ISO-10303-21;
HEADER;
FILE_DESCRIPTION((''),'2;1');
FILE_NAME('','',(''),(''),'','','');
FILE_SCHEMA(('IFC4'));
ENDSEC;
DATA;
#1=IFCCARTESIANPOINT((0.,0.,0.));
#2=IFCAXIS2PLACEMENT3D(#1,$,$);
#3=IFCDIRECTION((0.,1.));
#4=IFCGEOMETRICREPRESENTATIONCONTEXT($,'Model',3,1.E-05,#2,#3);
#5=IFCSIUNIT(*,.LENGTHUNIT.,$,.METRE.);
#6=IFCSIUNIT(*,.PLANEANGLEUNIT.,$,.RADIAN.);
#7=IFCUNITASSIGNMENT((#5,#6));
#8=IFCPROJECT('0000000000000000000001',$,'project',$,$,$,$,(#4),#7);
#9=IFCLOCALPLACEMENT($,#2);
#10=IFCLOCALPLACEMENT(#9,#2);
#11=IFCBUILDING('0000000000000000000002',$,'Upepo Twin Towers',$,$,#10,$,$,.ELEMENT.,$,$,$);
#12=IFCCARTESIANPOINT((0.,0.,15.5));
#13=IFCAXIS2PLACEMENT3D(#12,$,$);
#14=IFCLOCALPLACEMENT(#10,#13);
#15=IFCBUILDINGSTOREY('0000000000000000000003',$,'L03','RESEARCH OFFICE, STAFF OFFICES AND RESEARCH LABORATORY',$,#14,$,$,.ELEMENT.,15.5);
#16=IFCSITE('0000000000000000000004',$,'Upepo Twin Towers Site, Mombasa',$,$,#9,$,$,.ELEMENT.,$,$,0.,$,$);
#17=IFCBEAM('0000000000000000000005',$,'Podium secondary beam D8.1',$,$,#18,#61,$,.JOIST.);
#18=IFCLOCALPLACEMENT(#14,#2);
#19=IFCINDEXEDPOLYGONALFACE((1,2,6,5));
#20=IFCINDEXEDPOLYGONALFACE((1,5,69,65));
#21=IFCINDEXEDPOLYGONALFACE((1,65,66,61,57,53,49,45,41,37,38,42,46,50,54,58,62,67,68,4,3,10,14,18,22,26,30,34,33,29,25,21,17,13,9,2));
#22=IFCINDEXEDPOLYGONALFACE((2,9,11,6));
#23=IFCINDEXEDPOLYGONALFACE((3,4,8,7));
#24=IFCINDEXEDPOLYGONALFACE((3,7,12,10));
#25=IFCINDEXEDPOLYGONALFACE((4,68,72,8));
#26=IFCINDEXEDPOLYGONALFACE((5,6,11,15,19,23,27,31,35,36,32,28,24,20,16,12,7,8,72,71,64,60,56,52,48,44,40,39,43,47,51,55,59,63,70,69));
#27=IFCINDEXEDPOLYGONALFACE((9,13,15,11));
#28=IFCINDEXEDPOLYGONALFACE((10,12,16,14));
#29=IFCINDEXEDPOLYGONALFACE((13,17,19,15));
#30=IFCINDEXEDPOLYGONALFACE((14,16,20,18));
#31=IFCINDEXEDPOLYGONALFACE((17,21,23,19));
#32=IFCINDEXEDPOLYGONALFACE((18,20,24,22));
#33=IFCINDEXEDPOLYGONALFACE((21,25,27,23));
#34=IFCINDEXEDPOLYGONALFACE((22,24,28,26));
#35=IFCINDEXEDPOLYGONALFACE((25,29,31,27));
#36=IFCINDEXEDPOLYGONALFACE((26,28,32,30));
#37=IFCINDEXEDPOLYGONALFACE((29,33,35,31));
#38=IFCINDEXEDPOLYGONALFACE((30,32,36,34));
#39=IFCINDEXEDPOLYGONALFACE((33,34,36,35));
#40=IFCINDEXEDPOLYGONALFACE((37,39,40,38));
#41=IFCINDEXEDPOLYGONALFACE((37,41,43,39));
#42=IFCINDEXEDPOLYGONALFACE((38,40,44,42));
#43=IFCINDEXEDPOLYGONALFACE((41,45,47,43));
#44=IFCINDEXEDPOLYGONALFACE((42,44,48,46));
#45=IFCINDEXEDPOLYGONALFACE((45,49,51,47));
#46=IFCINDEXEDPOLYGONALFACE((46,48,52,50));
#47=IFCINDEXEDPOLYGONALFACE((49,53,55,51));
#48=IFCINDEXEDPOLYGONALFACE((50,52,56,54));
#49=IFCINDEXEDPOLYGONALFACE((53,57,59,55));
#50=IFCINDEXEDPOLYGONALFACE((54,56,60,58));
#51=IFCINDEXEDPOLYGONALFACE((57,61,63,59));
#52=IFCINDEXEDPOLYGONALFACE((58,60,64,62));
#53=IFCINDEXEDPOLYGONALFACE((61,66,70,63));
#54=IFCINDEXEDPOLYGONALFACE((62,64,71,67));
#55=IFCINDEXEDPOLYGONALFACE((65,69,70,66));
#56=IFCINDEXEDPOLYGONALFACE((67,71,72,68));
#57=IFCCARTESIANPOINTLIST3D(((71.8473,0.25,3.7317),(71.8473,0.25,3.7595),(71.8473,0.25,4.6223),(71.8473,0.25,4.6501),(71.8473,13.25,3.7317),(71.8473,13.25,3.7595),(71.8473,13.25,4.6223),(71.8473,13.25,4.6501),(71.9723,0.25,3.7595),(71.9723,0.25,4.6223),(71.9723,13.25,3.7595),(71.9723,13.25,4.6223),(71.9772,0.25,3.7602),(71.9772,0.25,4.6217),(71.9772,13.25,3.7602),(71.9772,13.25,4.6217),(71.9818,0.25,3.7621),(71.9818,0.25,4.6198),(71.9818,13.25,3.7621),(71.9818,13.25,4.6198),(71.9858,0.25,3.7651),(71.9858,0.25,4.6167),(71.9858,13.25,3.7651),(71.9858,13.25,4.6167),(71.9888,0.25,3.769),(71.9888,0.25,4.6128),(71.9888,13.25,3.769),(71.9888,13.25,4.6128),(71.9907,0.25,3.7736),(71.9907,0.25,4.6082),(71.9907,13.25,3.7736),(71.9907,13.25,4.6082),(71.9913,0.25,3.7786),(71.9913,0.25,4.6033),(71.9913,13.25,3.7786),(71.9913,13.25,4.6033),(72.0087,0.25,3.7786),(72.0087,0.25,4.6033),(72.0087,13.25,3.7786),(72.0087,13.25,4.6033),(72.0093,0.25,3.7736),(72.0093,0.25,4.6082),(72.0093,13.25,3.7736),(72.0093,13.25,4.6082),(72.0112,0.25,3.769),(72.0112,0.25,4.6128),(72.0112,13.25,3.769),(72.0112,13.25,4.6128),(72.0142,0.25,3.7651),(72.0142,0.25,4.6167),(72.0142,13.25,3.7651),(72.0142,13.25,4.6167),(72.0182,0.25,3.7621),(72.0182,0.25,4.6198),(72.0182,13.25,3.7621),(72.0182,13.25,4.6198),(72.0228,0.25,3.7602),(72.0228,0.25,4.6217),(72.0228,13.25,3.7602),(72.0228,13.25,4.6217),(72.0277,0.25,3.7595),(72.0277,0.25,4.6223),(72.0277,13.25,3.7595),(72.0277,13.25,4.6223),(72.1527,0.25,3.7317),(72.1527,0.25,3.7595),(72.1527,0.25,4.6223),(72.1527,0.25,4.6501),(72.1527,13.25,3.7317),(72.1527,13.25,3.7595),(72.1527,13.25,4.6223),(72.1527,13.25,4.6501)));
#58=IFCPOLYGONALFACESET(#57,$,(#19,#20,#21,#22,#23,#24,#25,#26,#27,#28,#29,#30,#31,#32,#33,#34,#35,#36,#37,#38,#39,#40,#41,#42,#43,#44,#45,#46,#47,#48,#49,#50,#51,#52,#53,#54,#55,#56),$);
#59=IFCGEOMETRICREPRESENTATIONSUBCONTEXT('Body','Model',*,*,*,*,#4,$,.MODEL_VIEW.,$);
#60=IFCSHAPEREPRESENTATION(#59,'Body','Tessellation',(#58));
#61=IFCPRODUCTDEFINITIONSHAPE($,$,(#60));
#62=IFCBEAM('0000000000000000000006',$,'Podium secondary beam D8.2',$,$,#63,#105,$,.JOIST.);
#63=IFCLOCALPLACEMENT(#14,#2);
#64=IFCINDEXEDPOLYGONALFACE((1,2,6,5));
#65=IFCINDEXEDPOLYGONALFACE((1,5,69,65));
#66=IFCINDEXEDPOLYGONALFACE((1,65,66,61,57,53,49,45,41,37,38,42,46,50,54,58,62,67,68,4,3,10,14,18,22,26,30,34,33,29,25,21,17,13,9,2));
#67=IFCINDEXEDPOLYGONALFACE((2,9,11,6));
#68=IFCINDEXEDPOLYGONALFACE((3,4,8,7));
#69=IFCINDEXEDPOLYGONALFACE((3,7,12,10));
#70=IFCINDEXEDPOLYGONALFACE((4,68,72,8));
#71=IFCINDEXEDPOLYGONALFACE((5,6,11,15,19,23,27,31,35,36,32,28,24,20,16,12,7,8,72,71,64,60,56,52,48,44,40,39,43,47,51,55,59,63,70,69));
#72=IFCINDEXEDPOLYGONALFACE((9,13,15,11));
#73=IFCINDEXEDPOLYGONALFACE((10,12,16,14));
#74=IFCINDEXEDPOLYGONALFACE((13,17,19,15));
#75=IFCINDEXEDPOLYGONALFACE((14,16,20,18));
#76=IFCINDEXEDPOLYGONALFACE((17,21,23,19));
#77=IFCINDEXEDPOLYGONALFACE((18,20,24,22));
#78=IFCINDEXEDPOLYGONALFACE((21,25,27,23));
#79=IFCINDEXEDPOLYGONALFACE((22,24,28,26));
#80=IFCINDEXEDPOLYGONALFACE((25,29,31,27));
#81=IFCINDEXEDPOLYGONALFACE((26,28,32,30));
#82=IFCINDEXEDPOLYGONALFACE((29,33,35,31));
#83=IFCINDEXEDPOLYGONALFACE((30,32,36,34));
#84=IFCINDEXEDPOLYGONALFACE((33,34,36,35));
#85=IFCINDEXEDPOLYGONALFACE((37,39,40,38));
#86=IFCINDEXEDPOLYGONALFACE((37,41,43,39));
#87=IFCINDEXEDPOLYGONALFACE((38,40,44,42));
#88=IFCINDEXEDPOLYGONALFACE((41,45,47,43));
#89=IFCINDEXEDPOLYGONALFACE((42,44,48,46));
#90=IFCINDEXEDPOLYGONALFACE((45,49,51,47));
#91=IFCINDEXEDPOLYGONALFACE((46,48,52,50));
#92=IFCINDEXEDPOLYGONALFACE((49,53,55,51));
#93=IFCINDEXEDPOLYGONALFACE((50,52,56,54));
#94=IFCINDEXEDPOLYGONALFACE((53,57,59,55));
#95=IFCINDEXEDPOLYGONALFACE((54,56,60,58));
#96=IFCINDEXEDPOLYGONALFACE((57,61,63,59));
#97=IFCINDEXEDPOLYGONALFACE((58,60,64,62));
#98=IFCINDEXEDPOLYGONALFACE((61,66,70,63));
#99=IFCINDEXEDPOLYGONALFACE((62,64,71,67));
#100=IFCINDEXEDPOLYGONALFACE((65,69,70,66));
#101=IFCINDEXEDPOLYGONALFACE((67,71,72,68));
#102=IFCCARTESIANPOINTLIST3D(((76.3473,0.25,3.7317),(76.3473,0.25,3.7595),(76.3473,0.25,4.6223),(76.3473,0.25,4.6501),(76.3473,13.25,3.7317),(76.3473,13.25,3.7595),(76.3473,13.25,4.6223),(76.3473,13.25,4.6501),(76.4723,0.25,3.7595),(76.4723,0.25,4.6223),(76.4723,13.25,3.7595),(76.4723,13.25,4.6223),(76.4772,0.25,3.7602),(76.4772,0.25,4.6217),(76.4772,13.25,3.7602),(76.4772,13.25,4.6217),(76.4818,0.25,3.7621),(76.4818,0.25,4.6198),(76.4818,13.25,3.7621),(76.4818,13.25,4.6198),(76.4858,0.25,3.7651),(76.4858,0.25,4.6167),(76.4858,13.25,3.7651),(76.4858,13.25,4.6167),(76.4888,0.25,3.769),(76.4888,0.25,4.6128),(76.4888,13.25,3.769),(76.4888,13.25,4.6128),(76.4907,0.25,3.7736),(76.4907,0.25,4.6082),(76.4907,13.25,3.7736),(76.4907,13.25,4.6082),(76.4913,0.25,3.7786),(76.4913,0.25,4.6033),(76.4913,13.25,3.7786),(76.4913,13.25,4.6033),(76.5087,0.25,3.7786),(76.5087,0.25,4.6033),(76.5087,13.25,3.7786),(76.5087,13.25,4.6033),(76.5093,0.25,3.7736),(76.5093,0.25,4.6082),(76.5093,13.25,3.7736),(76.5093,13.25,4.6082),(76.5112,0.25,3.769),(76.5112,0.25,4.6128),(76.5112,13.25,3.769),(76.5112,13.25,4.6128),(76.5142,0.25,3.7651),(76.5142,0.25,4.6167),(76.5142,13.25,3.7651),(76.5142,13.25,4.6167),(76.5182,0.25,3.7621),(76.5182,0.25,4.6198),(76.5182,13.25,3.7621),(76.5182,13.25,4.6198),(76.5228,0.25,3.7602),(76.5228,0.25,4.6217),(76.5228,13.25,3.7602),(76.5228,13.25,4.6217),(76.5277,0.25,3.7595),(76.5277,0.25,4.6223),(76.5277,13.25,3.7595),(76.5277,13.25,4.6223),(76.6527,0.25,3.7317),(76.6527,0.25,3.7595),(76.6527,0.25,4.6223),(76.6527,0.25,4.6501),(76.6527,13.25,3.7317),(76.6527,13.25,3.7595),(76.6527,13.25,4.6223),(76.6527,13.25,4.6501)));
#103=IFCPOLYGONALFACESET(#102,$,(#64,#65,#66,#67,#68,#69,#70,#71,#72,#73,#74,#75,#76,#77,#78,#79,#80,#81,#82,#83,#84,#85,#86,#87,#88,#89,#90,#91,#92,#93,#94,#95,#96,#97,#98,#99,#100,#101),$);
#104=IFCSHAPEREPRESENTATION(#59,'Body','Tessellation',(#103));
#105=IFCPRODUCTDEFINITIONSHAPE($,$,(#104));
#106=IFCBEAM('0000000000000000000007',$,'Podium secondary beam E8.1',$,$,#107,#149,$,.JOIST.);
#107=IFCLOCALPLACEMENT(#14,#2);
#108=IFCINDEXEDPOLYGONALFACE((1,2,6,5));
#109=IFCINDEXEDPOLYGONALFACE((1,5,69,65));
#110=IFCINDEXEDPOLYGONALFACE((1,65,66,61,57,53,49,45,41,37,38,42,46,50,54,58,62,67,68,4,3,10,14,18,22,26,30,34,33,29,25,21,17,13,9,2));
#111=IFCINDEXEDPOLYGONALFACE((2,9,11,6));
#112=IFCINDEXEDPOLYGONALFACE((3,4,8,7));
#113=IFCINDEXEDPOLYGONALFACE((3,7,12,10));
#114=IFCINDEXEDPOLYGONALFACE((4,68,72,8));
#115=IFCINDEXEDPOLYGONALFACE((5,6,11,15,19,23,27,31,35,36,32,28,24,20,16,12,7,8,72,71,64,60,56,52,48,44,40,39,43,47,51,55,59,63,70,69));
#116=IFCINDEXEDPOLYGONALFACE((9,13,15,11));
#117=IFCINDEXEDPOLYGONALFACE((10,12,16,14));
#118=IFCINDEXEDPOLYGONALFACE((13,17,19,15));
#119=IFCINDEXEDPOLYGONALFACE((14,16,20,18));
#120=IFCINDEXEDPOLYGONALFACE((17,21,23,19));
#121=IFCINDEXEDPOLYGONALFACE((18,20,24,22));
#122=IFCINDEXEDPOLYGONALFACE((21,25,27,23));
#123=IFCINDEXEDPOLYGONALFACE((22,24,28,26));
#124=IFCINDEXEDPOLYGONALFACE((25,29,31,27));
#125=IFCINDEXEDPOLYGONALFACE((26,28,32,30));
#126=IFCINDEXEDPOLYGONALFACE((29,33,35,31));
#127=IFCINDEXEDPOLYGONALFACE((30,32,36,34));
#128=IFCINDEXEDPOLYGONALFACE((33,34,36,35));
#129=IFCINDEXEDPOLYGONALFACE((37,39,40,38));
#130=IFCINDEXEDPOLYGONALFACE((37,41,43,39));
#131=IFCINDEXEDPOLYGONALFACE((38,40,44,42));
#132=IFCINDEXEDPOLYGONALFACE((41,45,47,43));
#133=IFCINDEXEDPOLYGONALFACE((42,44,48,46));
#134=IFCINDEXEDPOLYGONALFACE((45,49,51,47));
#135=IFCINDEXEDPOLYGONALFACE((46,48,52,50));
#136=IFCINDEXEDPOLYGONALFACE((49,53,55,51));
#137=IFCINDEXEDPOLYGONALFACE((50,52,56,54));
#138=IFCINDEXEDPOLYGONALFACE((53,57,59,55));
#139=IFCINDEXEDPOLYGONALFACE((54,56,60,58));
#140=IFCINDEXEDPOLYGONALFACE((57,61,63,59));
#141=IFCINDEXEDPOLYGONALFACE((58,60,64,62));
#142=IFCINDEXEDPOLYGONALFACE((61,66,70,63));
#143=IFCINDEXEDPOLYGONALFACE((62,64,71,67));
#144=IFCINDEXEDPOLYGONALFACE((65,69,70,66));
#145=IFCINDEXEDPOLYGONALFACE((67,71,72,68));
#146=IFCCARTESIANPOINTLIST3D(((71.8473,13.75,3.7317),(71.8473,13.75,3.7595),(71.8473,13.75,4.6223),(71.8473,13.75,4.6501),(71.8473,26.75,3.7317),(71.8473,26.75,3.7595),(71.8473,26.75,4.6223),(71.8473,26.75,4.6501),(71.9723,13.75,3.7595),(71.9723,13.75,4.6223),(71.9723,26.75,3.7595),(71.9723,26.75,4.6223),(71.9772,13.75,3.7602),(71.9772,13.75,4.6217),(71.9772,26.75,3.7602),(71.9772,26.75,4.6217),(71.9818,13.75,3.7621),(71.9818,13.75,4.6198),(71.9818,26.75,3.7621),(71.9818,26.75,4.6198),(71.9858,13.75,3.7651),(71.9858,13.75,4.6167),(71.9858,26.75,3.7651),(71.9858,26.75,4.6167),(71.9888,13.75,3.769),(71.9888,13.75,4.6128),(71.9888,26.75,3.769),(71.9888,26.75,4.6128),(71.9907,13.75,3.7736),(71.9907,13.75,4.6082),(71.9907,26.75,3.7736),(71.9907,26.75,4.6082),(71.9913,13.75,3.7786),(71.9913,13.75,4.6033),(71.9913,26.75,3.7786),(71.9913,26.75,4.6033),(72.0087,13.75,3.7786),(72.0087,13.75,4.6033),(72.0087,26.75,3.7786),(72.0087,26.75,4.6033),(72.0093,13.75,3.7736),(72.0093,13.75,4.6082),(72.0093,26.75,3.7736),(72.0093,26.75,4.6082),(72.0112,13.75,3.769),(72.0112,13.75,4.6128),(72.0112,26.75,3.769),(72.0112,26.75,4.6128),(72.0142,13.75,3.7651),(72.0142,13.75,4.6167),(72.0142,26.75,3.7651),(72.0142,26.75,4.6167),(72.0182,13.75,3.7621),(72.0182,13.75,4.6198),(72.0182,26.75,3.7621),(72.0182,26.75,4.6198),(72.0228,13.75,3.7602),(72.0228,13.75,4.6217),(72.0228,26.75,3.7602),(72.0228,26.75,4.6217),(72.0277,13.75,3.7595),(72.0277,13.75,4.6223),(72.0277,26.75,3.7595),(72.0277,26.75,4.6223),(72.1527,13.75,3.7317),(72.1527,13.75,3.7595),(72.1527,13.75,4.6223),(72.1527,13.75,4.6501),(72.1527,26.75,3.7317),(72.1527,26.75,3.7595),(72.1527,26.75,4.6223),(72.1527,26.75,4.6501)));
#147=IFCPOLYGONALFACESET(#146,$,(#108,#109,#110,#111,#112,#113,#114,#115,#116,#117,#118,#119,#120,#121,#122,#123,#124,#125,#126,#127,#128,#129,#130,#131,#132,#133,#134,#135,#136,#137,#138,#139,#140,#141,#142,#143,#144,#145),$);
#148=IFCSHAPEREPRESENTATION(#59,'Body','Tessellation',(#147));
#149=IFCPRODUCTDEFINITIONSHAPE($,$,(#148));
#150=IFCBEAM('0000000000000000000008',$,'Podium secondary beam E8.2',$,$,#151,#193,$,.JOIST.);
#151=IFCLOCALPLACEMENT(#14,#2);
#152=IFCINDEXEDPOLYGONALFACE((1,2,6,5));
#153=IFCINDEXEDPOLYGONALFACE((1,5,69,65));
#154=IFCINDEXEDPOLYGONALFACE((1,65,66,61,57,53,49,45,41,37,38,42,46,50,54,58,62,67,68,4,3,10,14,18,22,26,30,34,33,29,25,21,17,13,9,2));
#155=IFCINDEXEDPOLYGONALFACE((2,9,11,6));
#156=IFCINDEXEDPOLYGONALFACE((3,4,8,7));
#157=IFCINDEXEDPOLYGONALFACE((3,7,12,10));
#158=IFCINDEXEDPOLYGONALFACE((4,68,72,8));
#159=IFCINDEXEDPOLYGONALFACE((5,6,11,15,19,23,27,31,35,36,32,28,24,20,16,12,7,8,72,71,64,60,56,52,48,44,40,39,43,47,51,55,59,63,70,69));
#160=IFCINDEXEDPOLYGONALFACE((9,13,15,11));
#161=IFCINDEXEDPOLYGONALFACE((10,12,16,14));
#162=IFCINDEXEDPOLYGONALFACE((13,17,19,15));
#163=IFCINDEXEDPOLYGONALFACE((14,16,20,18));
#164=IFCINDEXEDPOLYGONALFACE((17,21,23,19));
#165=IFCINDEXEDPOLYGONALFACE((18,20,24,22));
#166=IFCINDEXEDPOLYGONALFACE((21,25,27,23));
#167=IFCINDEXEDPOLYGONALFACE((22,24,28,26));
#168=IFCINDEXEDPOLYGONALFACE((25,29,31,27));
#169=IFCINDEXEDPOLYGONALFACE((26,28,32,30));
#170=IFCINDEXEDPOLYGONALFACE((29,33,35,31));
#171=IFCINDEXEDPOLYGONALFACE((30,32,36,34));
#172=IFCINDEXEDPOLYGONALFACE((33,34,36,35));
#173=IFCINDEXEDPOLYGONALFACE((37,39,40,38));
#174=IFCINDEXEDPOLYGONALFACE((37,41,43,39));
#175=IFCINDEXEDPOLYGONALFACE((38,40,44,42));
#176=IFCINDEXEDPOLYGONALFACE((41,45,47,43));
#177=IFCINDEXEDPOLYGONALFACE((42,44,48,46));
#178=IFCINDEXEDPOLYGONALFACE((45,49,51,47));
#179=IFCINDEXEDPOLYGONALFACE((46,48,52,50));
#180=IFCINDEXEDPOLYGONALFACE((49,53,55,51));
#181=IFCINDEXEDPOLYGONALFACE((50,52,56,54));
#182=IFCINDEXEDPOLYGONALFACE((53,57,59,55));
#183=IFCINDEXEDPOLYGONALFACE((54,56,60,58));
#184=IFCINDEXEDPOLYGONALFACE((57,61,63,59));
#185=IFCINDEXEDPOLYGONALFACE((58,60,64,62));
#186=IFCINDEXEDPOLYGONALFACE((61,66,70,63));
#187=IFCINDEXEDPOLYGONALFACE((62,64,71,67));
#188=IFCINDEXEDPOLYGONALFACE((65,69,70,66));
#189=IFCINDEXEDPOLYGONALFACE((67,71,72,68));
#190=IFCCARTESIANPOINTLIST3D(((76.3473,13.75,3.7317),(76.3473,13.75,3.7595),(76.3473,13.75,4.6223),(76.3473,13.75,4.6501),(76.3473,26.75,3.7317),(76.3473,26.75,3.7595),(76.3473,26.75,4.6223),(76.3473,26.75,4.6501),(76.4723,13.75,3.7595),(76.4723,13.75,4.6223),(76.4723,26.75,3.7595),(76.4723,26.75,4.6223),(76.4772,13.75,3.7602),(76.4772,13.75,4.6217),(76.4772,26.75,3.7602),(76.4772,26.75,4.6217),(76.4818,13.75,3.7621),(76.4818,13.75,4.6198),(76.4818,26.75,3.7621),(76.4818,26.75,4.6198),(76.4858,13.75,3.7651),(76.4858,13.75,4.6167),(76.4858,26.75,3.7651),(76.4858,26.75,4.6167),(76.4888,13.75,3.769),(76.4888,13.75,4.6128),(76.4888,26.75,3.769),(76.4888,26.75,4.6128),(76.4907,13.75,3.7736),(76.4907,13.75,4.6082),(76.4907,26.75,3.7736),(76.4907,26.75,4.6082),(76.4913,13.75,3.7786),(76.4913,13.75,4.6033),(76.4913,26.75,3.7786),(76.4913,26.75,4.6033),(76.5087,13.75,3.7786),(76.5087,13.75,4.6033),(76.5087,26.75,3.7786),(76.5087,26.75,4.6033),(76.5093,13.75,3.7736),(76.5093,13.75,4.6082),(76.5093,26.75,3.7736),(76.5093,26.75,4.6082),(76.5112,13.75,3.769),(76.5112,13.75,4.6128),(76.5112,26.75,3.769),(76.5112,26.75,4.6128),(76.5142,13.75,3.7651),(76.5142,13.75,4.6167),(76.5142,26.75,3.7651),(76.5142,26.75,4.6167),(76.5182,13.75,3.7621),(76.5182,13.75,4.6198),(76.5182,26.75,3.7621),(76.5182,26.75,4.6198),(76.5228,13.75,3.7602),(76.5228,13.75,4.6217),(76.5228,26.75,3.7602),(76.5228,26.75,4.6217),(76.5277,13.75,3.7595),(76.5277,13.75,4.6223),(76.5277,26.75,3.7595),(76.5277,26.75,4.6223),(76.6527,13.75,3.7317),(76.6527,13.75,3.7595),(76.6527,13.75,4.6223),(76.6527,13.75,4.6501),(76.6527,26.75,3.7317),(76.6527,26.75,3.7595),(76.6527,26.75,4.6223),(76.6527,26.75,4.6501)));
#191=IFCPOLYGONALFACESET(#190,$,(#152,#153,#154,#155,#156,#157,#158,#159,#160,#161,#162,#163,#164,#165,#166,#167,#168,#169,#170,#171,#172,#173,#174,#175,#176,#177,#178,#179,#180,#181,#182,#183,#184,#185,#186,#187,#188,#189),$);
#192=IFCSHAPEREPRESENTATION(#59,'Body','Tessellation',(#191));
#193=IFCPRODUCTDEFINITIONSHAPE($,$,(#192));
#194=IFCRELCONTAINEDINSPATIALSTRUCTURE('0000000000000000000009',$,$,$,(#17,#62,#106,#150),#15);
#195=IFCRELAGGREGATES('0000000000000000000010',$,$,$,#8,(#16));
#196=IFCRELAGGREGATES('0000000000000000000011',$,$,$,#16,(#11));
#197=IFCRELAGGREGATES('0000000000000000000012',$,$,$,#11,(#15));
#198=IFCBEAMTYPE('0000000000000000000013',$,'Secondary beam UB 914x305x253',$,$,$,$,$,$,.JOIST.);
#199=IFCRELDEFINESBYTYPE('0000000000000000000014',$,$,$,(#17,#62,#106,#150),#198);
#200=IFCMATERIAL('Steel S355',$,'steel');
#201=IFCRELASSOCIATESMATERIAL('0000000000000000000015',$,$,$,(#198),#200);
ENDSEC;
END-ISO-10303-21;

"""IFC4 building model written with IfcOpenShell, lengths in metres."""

from ifc_helpers import new_model, si_unit, direction, frame, origin, origin_2d, place, context, subcontext, project, spatial, i_section, extrude, material, material_profile, profile_set, type_object, element, save


model = new_model("IFC4")

# Units and contexts
model_context = context("Model", 3, precision=1e-05, world=origin(), true_north=direction((0.0, 1.0)))
body_context = subcontext(model_context, "Body", "Model", "MODEL_VIEW")
ifc_project = project(units=[si_unit("LENGTHUNIT", "METRE"), si_unit("PLANEANGLEUNIT", "RADIAN")], contexts=[model_context])

# Site, building, storey
site_placement = place(None, origin())
site = spatial("IfcSite", under=ifc_project, at=site_placement, Name="Upepo Twin Towers Site, Mombasa", CompositionType="ELEMENT", RefElevation=0.0)
building_placement = place(site_placement, origin())
building = spatial("IfcBuilding", under=site, at=building_placement, Name="Upepo Twin Towers", CompositionType="ELEMENT")
storey_placement = place(building_placement, frame((0.0, 0.0, 15.5)))
storey = spatial("IfcBuildingStorey", under=building, at=storey_placement, Name="L03", Description="RESEARCH OFFICE, STAFF OFFICES AND RESEARCH LABORATORY", CompositionType="ELEMENT", Elevation=15.5)

# Beams
ifc_material_1 = material(Name="Steel S355", Category="steel")
ifc_material_profile_1 = material_profile(ifc_material_1, i_section(OverallWidth=0.3054, OverallDepth=0.9185, WebThickness=0.0173, FlangeThickness=0.0278, FilletRadius=0.019, at=origin_2d()), Name="UB 914x305x253")
ifc_profile_set_1 = profile_set([ifc_material_profile_1], Name="Steel S355")
beam_type_1 = type_object("IfcBeamType", Name="Secondary beam UB 914x305x253", PredefinedType="JOIST", material=ifc_profile_set_1)
for number, where, z_axis, x_axis, name in (
    (1, (72.0, 0.25, 4.1909), (0.0, 1.0, 0.0), (-1.0, 0.0, 0.0), "Podium secondary beam D8.1"),
    (2, (76.5, 0.25, 4.1909), (0.0, 1.0, 0.0), (-1.0, 0.0, 0.0), "Podium secondary beam D8.2"),
    (3, (72.0, 13.75, 4.1909), (0.0, 1.0, 0.0), (-1.0, 0.0, 0.0), "Podium secondary beam E8.1"),
    (4, (76.5, 13.75, 4.1909), (0.0, 1.0, 0.0), (-1.0, 0.0, 0.0), "Podium secondary beam E8.2"),
):
    element("IfcBeam", number, at=place(storey_placement, frame(where, z_axis=z_axis, x_axis=x_axis)), inside=storey, type_object=beam_type_1, Name=name, PredefinedType="JOIST", context=body_context, shape_type="SweptSolid", body=[
        extrude(i_section(OverallWidth=0.3054, OverallDepth=0.9185, WebThickness=0.0173, FlangeThickness=0.0278, FilletRadius=0.019, at=origin_2d()), origin(), (0.0, 0.0, 1.0), 13.0),
    ])

save(model, "model.ifc")
